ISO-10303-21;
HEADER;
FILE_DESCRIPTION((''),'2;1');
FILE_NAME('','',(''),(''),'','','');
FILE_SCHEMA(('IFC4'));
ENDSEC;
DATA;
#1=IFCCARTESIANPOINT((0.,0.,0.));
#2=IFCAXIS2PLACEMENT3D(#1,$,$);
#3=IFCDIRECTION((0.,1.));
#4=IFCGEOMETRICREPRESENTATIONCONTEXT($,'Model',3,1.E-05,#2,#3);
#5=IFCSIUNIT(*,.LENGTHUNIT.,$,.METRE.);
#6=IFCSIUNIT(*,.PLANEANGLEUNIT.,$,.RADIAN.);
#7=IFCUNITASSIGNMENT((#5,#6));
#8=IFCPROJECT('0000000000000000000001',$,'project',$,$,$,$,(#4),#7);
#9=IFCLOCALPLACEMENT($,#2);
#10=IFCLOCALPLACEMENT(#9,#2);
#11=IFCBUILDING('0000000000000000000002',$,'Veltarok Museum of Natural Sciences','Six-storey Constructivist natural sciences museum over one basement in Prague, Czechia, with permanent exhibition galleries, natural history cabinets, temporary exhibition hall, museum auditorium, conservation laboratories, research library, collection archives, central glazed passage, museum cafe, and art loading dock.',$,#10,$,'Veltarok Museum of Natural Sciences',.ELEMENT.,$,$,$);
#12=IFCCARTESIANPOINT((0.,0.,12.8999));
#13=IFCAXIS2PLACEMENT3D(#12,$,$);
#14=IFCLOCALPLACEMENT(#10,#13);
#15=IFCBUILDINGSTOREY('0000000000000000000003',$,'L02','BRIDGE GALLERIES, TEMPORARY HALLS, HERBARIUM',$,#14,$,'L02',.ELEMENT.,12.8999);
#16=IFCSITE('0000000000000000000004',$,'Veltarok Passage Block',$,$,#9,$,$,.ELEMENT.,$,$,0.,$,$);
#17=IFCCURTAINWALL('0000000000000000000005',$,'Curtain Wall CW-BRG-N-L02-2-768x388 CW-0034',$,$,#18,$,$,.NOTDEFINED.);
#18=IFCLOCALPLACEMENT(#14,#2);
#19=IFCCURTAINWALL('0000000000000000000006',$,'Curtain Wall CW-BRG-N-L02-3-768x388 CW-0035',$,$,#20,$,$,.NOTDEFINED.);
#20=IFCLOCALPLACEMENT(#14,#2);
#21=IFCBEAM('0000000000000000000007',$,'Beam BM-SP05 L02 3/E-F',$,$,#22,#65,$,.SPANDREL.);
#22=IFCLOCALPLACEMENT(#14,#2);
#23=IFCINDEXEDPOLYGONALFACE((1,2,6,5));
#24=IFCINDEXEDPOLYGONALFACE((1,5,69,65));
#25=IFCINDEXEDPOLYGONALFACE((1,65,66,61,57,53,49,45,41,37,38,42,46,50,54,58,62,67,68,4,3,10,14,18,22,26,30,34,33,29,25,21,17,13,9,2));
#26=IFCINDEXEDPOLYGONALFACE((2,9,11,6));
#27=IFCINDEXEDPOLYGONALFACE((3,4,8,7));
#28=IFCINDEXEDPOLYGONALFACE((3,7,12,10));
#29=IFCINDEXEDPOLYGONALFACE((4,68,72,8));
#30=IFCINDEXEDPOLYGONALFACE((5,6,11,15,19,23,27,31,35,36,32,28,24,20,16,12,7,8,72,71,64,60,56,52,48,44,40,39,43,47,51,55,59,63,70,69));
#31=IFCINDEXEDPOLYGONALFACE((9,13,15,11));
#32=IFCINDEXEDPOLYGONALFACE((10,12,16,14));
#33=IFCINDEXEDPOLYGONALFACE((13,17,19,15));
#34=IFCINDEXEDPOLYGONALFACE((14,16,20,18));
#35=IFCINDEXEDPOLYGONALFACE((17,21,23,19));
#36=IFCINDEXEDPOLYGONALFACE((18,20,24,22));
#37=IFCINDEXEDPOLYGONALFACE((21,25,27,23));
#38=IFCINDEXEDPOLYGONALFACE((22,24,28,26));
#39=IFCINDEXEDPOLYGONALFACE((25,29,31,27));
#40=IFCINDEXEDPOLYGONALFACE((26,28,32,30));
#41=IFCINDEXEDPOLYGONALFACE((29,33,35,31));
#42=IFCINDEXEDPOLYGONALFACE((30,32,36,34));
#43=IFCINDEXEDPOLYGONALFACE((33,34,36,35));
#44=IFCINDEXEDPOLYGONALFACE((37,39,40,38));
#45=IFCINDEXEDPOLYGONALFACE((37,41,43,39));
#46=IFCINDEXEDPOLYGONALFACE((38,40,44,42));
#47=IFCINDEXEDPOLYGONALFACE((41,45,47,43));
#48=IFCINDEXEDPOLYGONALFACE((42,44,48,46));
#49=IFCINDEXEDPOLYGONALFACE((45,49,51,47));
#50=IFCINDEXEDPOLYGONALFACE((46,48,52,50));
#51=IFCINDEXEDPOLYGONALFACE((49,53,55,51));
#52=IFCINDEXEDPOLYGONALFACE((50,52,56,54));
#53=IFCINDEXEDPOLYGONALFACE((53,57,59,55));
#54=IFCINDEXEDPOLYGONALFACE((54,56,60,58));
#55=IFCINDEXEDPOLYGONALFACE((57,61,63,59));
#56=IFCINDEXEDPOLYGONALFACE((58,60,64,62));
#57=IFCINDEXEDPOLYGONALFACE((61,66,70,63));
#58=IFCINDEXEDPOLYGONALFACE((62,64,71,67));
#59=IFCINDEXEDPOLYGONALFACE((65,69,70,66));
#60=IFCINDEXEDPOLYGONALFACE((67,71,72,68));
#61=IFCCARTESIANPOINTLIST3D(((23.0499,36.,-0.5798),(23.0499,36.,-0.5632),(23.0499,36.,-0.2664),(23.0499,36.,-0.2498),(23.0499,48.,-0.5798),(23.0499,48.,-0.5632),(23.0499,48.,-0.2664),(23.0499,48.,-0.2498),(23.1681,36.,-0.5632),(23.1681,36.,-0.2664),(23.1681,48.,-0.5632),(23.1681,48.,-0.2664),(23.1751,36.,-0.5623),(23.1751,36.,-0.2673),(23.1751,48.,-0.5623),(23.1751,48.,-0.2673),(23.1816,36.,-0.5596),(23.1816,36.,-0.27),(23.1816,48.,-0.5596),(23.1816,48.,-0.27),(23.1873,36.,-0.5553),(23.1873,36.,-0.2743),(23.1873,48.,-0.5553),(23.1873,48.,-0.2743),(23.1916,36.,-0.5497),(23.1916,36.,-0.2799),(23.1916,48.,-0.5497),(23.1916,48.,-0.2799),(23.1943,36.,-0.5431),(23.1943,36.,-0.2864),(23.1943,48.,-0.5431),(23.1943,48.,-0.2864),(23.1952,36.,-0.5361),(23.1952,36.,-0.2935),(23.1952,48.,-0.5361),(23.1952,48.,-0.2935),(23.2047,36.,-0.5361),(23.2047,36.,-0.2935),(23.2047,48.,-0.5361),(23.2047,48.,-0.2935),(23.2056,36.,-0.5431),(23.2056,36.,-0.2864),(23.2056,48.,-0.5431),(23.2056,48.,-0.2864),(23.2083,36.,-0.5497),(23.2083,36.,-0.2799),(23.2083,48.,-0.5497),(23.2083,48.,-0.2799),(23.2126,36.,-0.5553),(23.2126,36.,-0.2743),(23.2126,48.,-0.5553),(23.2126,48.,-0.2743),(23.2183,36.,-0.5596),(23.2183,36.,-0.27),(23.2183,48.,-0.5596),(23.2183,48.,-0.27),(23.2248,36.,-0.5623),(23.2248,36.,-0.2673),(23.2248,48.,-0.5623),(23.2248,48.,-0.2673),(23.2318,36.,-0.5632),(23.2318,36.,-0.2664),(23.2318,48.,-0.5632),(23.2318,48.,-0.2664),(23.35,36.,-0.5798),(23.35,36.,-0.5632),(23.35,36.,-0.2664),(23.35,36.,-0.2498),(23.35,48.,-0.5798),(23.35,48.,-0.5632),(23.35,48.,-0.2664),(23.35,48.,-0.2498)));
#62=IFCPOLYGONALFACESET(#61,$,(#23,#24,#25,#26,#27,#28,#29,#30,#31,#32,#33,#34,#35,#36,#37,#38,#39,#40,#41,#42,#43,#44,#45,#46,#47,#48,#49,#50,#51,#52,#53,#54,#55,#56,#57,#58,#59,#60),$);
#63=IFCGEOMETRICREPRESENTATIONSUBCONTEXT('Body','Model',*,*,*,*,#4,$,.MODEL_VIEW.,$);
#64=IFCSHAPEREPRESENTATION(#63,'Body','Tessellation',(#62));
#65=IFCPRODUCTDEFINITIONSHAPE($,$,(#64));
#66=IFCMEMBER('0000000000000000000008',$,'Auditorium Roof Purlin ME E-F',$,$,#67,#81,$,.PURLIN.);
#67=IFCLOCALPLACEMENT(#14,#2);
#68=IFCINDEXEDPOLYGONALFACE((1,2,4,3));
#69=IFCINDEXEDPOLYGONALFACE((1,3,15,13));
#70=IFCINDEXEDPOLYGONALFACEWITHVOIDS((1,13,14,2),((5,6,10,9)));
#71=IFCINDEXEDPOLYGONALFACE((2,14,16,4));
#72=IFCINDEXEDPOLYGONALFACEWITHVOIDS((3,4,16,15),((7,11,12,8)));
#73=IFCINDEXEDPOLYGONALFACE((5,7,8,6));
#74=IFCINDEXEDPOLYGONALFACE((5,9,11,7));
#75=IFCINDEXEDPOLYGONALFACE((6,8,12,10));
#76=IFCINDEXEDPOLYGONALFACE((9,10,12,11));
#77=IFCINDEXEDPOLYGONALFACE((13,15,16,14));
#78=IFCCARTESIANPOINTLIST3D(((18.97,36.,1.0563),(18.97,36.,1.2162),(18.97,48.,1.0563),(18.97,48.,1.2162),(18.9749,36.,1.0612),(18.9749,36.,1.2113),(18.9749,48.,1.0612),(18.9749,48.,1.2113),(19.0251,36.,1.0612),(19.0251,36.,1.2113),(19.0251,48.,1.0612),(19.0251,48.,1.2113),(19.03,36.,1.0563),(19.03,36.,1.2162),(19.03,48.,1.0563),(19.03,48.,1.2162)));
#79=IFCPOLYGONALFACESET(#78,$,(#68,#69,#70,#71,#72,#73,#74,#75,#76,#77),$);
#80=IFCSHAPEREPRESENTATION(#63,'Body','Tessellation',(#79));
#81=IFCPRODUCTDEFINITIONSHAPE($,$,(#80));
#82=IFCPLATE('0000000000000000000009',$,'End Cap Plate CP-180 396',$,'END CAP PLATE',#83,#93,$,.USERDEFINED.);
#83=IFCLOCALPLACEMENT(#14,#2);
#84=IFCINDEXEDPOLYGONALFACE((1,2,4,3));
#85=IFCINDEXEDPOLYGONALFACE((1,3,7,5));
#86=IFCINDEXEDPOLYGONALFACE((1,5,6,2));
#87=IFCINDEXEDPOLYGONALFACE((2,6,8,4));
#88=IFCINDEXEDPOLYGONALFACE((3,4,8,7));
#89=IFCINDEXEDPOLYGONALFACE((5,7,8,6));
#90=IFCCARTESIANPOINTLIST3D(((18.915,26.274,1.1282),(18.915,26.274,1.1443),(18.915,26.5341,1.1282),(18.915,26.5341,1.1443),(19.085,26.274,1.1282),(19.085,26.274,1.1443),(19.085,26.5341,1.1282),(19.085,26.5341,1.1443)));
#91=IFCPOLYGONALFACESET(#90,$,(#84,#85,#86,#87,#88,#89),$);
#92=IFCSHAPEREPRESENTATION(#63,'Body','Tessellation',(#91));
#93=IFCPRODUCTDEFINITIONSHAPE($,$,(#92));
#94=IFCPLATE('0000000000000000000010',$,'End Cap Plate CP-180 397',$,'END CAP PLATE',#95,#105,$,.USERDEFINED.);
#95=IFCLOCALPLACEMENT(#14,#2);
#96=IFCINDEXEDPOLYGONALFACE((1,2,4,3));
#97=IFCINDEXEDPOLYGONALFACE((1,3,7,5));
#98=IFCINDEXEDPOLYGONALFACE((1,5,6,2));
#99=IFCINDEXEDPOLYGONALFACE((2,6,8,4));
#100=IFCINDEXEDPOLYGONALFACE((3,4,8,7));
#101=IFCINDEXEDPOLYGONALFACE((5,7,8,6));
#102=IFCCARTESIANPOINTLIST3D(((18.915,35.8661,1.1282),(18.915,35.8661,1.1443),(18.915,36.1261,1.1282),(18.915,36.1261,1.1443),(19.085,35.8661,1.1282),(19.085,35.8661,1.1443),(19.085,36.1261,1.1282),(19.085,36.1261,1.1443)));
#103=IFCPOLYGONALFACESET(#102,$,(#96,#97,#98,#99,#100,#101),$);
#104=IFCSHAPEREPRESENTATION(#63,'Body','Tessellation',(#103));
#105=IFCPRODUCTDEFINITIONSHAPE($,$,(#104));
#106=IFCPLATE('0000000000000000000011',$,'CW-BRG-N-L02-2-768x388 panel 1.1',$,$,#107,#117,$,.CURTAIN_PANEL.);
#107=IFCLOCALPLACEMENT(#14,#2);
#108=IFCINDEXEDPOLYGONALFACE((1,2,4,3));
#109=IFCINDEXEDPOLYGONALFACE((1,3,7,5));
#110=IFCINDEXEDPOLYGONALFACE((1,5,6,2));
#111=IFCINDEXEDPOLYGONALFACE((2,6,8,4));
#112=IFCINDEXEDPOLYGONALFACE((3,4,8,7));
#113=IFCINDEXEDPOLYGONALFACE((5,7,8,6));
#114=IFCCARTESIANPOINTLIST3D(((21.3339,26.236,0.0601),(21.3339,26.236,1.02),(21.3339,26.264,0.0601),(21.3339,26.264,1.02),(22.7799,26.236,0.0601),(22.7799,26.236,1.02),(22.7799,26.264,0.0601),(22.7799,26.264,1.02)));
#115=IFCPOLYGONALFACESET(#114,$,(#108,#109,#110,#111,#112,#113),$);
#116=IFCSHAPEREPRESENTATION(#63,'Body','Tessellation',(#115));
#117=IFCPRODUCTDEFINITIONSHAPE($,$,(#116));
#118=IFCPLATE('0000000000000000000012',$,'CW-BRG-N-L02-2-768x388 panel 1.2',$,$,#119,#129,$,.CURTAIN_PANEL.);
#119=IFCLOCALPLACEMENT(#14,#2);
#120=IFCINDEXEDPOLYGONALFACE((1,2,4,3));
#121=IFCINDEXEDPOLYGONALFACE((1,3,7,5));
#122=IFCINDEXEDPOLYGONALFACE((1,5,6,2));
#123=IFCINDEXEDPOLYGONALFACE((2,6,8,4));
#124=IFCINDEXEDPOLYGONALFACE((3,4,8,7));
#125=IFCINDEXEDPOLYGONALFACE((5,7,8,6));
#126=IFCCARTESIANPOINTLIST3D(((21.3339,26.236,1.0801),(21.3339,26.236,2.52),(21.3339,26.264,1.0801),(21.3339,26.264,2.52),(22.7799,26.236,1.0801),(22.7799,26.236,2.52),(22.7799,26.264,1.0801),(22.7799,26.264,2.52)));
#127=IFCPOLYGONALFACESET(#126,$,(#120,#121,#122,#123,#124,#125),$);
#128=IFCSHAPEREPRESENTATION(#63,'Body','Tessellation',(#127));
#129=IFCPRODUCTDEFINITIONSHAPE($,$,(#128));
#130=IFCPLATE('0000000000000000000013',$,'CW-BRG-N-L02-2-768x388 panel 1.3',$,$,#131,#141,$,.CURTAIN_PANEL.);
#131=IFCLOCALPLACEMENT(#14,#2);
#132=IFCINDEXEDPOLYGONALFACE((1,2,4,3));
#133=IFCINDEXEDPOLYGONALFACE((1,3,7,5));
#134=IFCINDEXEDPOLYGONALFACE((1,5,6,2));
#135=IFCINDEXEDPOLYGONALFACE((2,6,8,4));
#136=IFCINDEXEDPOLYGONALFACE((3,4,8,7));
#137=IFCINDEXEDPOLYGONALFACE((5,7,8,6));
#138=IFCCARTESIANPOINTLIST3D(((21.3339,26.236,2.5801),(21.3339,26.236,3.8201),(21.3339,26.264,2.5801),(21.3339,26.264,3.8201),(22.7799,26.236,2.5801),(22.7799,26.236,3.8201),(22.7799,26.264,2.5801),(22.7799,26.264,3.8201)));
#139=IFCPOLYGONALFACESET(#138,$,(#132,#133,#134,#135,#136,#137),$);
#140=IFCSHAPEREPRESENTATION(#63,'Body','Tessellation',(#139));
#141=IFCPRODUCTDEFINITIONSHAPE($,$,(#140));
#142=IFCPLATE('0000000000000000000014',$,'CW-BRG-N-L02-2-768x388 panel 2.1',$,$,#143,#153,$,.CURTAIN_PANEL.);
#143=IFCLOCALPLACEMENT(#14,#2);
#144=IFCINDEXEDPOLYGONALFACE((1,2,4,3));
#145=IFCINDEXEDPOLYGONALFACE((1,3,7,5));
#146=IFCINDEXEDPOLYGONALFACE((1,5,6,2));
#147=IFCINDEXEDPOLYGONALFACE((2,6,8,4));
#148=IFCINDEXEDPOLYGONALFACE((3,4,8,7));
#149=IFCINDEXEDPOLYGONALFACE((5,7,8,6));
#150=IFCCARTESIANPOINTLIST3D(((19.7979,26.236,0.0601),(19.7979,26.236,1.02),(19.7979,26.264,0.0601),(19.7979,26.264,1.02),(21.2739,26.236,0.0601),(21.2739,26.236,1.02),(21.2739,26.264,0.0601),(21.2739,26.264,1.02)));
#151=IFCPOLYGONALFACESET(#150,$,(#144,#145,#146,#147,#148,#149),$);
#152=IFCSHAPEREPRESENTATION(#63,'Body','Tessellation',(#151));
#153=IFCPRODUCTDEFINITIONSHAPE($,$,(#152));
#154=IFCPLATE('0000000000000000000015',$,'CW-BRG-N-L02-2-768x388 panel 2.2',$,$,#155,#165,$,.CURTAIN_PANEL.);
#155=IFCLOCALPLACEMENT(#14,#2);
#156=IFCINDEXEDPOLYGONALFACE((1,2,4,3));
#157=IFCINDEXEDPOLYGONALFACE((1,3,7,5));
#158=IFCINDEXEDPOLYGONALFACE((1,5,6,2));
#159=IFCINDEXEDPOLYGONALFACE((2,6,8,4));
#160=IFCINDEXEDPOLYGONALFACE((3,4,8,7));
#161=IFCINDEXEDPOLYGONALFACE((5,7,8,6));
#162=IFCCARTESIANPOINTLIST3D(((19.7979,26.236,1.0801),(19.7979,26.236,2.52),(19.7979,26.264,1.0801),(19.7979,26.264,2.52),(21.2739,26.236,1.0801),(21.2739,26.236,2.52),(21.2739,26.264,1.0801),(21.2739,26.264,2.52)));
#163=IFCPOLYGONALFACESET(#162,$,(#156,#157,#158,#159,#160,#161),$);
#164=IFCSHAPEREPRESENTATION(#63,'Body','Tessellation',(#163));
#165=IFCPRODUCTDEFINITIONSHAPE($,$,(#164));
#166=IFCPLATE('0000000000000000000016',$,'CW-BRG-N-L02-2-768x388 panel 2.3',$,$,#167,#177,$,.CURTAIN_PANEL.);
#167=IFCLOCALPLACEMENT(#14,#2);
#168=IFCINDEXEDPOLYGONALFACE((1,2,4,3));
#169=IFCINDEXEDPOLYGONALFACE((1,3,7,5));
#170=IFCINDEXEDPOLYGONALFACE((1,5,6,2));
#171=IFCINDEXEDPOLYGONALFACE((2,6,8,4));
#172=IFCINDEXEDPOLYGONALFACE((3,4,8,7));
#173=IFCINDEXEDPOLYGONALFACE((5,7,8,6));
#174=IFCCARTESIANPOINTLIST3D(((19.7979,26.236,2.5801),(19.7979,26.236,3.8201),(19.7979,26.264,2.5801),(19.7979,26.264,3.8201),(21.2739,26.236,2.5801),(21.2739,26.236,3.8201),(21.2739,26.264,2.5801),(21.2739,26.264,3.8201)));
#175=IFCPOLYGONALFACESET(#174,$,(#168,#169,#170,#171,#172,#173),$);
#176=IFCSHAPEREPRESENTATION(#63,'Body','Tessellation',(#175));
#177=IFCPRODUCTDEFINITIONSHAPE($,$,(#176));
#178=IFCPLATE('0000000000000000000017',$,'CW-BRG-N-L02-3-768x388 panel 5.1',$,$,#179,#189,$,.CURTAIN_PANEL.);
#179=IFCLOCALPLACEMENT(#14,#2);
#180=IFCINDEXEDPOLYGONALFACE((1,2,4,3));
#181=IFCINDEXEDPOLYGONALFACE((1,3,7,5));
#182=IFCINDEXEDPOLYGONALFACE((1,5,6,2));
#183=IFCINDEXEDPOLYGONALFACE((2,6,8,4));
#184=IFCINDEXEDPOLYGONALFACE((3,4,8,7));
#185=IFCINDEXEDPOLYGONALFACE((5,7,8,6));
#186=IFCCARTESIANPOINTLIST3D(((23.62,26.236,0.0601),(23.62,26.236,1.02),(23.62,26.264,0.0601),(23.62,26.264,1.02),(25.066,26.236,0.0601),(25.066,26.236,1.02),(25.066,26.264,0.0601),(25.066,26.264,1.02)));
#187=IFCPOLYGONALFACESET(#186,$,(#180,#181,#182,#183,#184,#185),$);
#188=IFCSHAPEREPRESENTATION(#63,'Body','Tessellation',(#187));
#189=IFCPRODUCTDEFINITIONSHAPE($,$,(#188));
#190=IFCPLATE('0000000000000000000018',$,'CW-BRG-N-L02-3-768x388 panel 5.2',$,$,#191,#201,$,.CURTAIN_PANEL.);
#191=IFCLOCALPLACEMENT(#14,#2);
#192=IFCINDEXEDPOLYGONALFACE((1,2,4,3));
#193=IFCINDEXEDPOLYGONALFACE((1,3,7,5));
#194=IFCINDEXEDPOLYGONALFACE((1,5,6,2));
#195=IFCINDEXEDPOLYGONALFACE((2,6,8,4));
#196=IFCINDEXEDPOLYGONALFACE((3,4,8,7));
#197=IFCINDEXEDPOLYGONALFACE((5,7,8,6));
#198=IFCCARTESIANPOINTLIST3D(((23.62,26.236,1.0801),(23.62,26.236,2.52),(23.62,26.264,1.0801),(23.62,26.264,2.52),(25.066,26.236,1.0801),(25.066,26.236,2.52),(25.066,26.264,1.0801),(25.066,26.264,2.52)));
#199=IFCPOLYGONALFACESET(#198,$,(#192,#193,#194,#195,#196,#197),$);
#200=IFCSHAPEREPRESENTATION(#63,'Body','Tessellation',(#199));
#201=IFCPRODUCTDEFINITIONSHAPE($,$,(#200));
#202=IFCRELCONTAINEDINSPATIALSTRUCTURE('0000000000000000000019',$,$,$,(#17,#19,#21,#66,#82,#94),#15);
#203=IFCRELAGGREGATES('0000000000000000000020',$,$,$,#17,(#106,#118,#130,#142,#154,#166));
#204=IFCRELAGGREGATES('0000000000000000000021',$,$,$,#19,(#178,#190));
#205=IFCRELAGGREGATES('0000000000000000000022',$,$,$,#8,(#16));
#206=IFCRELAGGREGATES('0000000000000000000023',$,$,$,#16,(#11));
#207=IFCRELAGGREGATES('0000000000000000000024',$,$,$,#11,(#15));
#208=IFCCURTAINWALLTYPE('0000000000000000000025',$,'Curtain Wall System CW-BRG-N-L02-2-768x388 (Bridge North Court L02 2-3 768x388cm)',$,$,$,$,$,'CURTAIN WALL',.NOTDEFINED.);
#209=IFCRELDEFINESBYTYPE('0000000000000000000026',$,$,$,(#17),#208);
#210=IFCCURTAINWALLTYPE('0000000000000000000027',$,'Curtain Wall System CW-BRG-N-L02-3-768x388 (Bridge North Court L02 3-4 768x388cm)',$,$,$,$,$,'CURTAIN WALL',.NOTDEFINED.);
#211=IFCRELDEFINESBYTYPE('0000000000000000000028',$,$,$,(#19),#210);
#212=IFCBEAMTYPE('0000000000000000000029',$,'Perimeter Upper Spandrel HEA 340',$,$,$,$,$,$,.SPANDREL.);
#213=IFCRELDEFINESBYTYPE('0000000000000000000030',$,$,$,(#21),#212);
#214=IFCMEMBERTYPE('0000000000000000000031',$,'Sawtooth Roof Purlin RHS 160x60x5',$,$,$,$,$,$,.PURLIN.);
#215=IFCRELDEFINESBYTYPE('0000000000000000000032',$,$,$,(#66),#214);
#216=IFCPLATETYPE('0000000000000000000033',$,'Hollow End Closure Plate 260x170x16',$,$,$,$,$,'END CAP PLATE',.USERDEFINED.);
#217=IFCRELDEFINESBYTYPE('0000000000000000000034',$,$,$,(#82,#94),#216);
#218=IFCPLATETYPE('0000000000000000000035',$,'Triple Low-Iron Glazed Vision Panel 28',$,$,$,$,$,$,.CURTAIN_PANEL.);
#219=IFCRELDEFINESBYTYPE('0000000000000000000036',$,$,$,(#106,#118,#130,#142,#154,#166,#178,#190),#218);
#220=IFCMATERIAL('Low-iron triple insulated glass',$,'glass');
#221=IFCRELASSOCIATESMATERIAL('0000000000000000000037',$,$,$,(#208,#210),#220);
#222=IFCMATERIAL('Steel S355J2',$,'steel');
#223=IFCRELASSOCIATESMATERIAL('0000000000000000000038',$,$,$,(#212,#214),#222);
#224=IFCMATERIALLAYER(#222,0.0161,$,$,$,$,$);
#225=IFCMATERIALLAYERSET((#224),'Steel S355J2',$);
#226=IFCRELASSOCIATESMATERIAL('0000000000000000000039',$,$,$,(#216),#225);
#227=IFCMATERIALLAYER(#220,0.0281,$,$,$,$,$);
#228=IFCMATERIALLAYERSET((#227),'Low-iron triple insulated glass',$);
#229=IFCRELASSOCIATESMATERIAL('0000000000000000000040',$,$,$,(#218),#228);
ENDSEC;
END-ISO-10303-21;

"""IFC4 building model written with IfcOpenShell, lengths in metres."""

from ifc_helpers import new_model, si_unit, direction, frame, origin, origin_2d, place, context, subcontext, project, spatial, rectangle, hollow_rectangle, i_section, extrude, material, layer, layer_set, material_profile, profile_set, type_object, element, aggregate, save


model = new_model("IFC4")

# Units and contexts
model_context = context("Model", 3, precision=1e-05, world=origin(), true_north=direction((0.0, 1.0)))
body_context = subcontext(model_context, "Body", "Model", "MODEL_VIEW")
ifc_project = project(units=[si_unit("LENGTHUNIT", "METRE"), si_unit("PLANEANGLEUNIT", "RADIAN")], contexts=[model_context])

# Site, building, storey
site_placement = place(None, origin())
site = spatial("IfcSite", under=ifc_project, at=site_placement, Name="Veltarok Passage Block", CompositionType="ELEMENT", RefElevation=0.0)
building_placement = place(site_placement, origin())
building = spatial("IfcBuilding", under=site, at=building_placement, Name="Veltarok Museum of Natural Sciences", Description="Six-storey Constructivist natural sciences museum over one basement in Prague, Czechia, with permanent exhibition galleries, natural history cabinets, temporary exhibition hall, museum auditorium, conservation laboratories, research library, collection archives, central glazed passage, museum cafe, and art loading dock.", LongName="Veltarok Museum of Natural Sciences", CompositionType="ELEMENT")
storey_placement = place(building_placement, frame((0.0, 0.0, 12.8999)))
storey = spatial("IfcBuildingStorey", under=building, at=storey_placement, Name="L02", Description="BRIDGE GALLERIES, TEMPORARY HALLS, HERBARIUM", LongName="L02", CompositionType="ELEMENT", Elevation=12.8999)

# Shared definitions
ifc_material_1 = material(Name="Steel S355J2", Category="steel")

# Curtain walls
ifc_material_2 = material(Name="Low-iron triple insulated glass", Category="glass")
curtain_wall_type_1 = type_object("IfcCurtainWallType", Name="Curtain Wall System CW-BRG-N-L02-2-768x388 (Bridge North Court L02 2-3 768x388cm)", ElementType="CURTAIN WALL", PredefinedType="NOTDEFINED", material=ifc_material_2)
curtain_wall_1_placement = place(storey_placement, origin())
curtain_wall_1 = element("IfcCurtainWall", 1, at=curtain_wall_1_placement, inside=storey, type_object=curtain_wall_type_1, Name="Curtain Wall CW-BRG-N-L02-2-768x388 CW-0034", PredefinedType="NOTDEFINED")
curtain_wall_type_2 = type_object("IfcCurtainWallType", Name="Curtain Wall System CW-BRG-N-L02-3-768x388 (Bridge North Court L02 3-4 768x388cm)", ElementType="CURTAIN WALL", PredefinedType="NOTDEFINED", material=ifc_material_2)
curtain_wall_2_placement = place(storey_placement, origin())
curtain_wall_2 = element("IfcCurtainWall", 2, at=curtain_wall_2_placement, inside=storey, type_object=curtain_wall_type_2, Name="Curtain Wall CW-BRG-N-L02-3-768x388 CW-0035", PredefinedType="NOTDEFINED")

# Beam
ifc_material_profile_1 = material_profile(ifc_material_1, i_section(OverallWidth=0.3, OverallDepth=0.3301, WebThickness=0.0095, FlangeThickness=0.0166, FilletRadius=0.0271, at=origin_2d()), Name="HEA 340")
ifc_profile_set_1 = profile_set([ifc_material_profile_1], Name="Steel S355J2")
beam_type = type_object("IfcBeamType", Name="Perimeter Upper Spandrel HEA 340", PredefinedType="SPANDREL", material=ifc_profile_set_1)
beam_1_placement = place(storey_placement, frame((23.2, 36.0, -0.4148), z_axis=(0.0, 1.0, 0.0), x_axis=(-1.0, 0.0, 0.0)))
element("IfcBeam", 3, at=beam_1_placement, inside=storey, type_object=beam_type, Name="Beam BM-SP05 L02 3/E-F", PredefinedType="SPANDREL", context=body_context, shape_type="SweptSolid", body=[
    extrude(i_section(OverallWidth=0.3, OverallDepth=0.3301, WebThickness=0.0095, FlangeThickness=0.0166, FilletRadius=0.0271, at=origin_2d()), origin(), (0.0, 0.0, 1.0), 12.0),
])

# Member
ifc_material_profile_2 = material_profile(ifc_material_1, hollow_rectangle(XDim=0.0601, YDim=0.1599, WallThickness=0.0049, at=origin_2d()), Name="RHS 160x60x5")
ifc_profile_set_2 = profile_set([ifc_material_profile_2], Name="Steel S355J2")
member_type_1 = type_object("IfcMemberType", Name="Sawtooth Roof Purlin RHS 160x60x5", PredefinedType="PURLIN", material=ifc_profile_set_2)
member_1_placement = place(storey_placement, frame((19.0, 36.0, 1.1362), z_axis=(0.0, 1.0, 0.0), x_axis=(-1.0, 0.0, 0.0)))
element("IfcMember", 4, at=member_1_placement, inside=storey, type_object=member_type_1, Name="Auditorium Roof Purlin ME E-F", PredefinedType="PURLIN", context=body_context, shape_type="SweptSolid", body=[
    extrude(hollow_rectangle(XDim=0.0601, YDim=0.1599, WallThickness=0.0049, at=origin_2d()), origin(), (0.0, 0.0, 1.0), 12.0),
])

# Plates
ifc_layer_1 = layer(ifc_material_1, 0.0161)
ifc_layer_set_1 = layer_set([ifc_layer_1], Name="Steel S355J2")
plate_type_1 = type_object("IfcPlateType", Name="Hollow End Closure Plate 260x170x16", ElementType="END CAP PLATE", PredefinedType="USERDEFINED", material=ifc_layer_set_1)
for number, where, z_axis, x_axis, name in (
    (5, (19.0, 26.4041, 1.1282), (0.0, 0.0, 1.0), (0.0, 1.0, 0.0), "End Cap Plate CP-180 396"),
    (6, (19.0, 35.9961, 1.1282), (0.0, 0.0, 1.0), (0.0, 1.0, 0.0), "End Cap Plate CP-180 397"),
):
    element("IfcPlate", number, at=place(storey_placement, frame(where, z_axis=z_axis, x_axis=x_axis)), inside=storey, type_object=plate_type_1, Name=name, ObjectType="END CAP PLATE", PredefinedType="USERDEFINED", context=body_context, shape_type="SweptSolid", body=[
        extrude(rectangle(XDim=0.26, YDim=0.1699, at=origin_2d()), origin(), (0.0, 0.0, 1.0), 0.0161),
    ])

# Plates
ifc_layer_2 = layer(ifc_material_2, 0.0281)
ifc_layer_set_2 = layer_set([ifc_layer_2], Name="Low-iron triple insulated glass")
plate_type_2 = type_object("IfcPlateType", Name="Triple Low-Iron Glazed Vision Panel 28", PredefinedType="CURTAIN_PANEL", material=ifc_layer_set_2)
plate_1_placement = place(storey_placement, frame((22.0569, 26.25, 0.0601), z_axis=(0.0, 0.0, 1.0), x_axis=(-1.0, 0.0, 0.0)))
plate_1 = element("IfcPlate", 7, at=plate_1_placement, type_object=plate_type_2, Name="CW-BRG-N-L02-2-768x388 panel 1.1", PredefinedType="CURTAIN_PANEL", context=body_context, shape_type="SweptSolid", body=[
    extrude(rectangle(XDim=1.446, YDim=0.0281, at=origin_2d()), origin(), (0.0, 0.0, 1.0), 0.96),
])
plate_2_placement = place(storey_placement, frame((22.0569, 26.25, 1.0801), z_axis=(0.0, 0.0, 1.0), x_axis=(-1.0, 0.0, 0.0)))
plate_2 = element("IfcPlate", 8, at=plate_2_placement, type_object=plate_type_2, Name="CW-BRG-N-L02-2-768x388 panel 1.2", PredefinedType="CURTAIN_PANEL", context=body_context, shape_type="SweptSolid", body=[
    extrude(rectangle(XDim=1.446, YDim=0.0281, at=origin_2d()), origin(), (0.0, 0.0, 1.0), 1.4399),
])
plate_3_placement = place(storey_placement, frame((22.0569, 26.25, 2.5801), z_axis=(0.0, 0.0, 1.0), x_axis=(-1.0, 0.0, 0.0)))
plate_3 = element("IfcPlate", 9, at=plate_3_placement, type_object=plate_type_2, Name="CW-BRG-N-L02-2-768x388 panel 1.3", PredefinedType="CURTAIN_PANEL", context=body_context, shape_type="SweptSolid", body=[
    extrude(rectangle(XDim=1.446, YDim=0.0281, at=origin_2d()), origin(), (0.0, 0.0, 1.0), 1.24),
])
plate_4_placement = place(storey_placement, frame((20.5359, 26.25, 0.0601), z_axis=(0.0, 0.0, 1.0), x_axis=(-1.0, 0.0, 0.0)))
plate_4 = element("IfcPlate", 10, at=plate_4_placement, type_object=plate_type_2, Name="CW-BRG-N-L02-2-768x388 panel 2.1", PredefinedType="CURTAIN_PANEL", context=body_context, shape_type="SweptSolid", body=[
    extrude(rectangle(XDim=1.4761, YDim=0.0281, at=origin_2d()), origin(), (0.0, 0.0, 1.0), 0.96),
])
plate_5_placement = place(storey_placement, frame((20.5359, 26.25, 1.0801), z_axis=(0.0, 0.0, 1.0), x_axis=(-1.0, 0.0, 0.0)))
plate_5 = element("IfcPlate", 11, at=plate_5_placement, type_object=plate_type_2, Name="CW-BRG-N-L02-2-768x388 panel 2.2", PredefinedType="CURTAIN_PANEL", context=body_context, shape_type="SweptSolid", body=[
    extrude(rectangle(XDim=1.4761, YDim=0.0281, at=origin_2d()), origin(), (0.0, 0.0, 1.0), 1.4399),
])
plate_6_placement = place(storey_placement, frame((20.5359, 26.25, 2.5801), z_axis=(0.0, 0.0, 1.0), x_axis=(-1.0, 0.0, 0.0)))
plate_6 = element("IfcPlate", 12, at=plate_6_placement, type_object=plate_type_2, Name="CW-BRG-N-L02-2-768x388 panel 2.3", PredefinedType="CURTAIN_PANEL", context=body_context, shape_type="SweptSolid", body=[
    extrude(rectangle(XDim=1.4761, YDim=0.0281, at=origin_2d()), origin(), (0.0, 0.0, 1.0), 1.24),
])
aggregate(curtain_wall_1, [plate_1, plate_2, plate_3, plate_4, plate_5, plate_6])
plate_7_placement = place(storey_placement, frame((24.343, 26.25, 0.0601), z_axis=(0.0, 0.0, 1.0), x_axis=(-1.0, 0.0, 0.0)))
plate_7 = element("IfcPlate", 13, at=plate_7_placement, type_object=plate_type_2, Name="CW-BRG-N-L02-3-768x388 panel 5.1", PredefinedType="CURTAIN_PANEL", context=body_context, shape_type="SweptSolid", body=[
    extrude(rectangle(XDim=1.446, YDim=0.0281, at=origin_2d()), origin(), (0.0, 0.0, 1.0), 0.96),
])
plate_8_placement = place(storey_placement, frame((24.343, 26.25, 1.0801), z_axis=(0.0, 0.0, 1.0), x_axis=(-1.0, 0.0, 0.0)))
plate_8 = element("IfcPlate", 14, at=plate_8_placement, type_object=plate_type_2, Name="CW-BRG-N-L02-3-768x388 panel 5.2", PredefinedType="CURTAIN_PANEL", context=body_context, shape_type="SweptSolid", body=[
    extrude(rectangle(XDim=1.446, YDim=0.0281, at=origin_2d()), origin(), (0.0, 0.0, 1.0), 1.4399),
])
aggregate(curtain_wall_2, [plate_7, plate_8])

save(model, "model.ifc")
